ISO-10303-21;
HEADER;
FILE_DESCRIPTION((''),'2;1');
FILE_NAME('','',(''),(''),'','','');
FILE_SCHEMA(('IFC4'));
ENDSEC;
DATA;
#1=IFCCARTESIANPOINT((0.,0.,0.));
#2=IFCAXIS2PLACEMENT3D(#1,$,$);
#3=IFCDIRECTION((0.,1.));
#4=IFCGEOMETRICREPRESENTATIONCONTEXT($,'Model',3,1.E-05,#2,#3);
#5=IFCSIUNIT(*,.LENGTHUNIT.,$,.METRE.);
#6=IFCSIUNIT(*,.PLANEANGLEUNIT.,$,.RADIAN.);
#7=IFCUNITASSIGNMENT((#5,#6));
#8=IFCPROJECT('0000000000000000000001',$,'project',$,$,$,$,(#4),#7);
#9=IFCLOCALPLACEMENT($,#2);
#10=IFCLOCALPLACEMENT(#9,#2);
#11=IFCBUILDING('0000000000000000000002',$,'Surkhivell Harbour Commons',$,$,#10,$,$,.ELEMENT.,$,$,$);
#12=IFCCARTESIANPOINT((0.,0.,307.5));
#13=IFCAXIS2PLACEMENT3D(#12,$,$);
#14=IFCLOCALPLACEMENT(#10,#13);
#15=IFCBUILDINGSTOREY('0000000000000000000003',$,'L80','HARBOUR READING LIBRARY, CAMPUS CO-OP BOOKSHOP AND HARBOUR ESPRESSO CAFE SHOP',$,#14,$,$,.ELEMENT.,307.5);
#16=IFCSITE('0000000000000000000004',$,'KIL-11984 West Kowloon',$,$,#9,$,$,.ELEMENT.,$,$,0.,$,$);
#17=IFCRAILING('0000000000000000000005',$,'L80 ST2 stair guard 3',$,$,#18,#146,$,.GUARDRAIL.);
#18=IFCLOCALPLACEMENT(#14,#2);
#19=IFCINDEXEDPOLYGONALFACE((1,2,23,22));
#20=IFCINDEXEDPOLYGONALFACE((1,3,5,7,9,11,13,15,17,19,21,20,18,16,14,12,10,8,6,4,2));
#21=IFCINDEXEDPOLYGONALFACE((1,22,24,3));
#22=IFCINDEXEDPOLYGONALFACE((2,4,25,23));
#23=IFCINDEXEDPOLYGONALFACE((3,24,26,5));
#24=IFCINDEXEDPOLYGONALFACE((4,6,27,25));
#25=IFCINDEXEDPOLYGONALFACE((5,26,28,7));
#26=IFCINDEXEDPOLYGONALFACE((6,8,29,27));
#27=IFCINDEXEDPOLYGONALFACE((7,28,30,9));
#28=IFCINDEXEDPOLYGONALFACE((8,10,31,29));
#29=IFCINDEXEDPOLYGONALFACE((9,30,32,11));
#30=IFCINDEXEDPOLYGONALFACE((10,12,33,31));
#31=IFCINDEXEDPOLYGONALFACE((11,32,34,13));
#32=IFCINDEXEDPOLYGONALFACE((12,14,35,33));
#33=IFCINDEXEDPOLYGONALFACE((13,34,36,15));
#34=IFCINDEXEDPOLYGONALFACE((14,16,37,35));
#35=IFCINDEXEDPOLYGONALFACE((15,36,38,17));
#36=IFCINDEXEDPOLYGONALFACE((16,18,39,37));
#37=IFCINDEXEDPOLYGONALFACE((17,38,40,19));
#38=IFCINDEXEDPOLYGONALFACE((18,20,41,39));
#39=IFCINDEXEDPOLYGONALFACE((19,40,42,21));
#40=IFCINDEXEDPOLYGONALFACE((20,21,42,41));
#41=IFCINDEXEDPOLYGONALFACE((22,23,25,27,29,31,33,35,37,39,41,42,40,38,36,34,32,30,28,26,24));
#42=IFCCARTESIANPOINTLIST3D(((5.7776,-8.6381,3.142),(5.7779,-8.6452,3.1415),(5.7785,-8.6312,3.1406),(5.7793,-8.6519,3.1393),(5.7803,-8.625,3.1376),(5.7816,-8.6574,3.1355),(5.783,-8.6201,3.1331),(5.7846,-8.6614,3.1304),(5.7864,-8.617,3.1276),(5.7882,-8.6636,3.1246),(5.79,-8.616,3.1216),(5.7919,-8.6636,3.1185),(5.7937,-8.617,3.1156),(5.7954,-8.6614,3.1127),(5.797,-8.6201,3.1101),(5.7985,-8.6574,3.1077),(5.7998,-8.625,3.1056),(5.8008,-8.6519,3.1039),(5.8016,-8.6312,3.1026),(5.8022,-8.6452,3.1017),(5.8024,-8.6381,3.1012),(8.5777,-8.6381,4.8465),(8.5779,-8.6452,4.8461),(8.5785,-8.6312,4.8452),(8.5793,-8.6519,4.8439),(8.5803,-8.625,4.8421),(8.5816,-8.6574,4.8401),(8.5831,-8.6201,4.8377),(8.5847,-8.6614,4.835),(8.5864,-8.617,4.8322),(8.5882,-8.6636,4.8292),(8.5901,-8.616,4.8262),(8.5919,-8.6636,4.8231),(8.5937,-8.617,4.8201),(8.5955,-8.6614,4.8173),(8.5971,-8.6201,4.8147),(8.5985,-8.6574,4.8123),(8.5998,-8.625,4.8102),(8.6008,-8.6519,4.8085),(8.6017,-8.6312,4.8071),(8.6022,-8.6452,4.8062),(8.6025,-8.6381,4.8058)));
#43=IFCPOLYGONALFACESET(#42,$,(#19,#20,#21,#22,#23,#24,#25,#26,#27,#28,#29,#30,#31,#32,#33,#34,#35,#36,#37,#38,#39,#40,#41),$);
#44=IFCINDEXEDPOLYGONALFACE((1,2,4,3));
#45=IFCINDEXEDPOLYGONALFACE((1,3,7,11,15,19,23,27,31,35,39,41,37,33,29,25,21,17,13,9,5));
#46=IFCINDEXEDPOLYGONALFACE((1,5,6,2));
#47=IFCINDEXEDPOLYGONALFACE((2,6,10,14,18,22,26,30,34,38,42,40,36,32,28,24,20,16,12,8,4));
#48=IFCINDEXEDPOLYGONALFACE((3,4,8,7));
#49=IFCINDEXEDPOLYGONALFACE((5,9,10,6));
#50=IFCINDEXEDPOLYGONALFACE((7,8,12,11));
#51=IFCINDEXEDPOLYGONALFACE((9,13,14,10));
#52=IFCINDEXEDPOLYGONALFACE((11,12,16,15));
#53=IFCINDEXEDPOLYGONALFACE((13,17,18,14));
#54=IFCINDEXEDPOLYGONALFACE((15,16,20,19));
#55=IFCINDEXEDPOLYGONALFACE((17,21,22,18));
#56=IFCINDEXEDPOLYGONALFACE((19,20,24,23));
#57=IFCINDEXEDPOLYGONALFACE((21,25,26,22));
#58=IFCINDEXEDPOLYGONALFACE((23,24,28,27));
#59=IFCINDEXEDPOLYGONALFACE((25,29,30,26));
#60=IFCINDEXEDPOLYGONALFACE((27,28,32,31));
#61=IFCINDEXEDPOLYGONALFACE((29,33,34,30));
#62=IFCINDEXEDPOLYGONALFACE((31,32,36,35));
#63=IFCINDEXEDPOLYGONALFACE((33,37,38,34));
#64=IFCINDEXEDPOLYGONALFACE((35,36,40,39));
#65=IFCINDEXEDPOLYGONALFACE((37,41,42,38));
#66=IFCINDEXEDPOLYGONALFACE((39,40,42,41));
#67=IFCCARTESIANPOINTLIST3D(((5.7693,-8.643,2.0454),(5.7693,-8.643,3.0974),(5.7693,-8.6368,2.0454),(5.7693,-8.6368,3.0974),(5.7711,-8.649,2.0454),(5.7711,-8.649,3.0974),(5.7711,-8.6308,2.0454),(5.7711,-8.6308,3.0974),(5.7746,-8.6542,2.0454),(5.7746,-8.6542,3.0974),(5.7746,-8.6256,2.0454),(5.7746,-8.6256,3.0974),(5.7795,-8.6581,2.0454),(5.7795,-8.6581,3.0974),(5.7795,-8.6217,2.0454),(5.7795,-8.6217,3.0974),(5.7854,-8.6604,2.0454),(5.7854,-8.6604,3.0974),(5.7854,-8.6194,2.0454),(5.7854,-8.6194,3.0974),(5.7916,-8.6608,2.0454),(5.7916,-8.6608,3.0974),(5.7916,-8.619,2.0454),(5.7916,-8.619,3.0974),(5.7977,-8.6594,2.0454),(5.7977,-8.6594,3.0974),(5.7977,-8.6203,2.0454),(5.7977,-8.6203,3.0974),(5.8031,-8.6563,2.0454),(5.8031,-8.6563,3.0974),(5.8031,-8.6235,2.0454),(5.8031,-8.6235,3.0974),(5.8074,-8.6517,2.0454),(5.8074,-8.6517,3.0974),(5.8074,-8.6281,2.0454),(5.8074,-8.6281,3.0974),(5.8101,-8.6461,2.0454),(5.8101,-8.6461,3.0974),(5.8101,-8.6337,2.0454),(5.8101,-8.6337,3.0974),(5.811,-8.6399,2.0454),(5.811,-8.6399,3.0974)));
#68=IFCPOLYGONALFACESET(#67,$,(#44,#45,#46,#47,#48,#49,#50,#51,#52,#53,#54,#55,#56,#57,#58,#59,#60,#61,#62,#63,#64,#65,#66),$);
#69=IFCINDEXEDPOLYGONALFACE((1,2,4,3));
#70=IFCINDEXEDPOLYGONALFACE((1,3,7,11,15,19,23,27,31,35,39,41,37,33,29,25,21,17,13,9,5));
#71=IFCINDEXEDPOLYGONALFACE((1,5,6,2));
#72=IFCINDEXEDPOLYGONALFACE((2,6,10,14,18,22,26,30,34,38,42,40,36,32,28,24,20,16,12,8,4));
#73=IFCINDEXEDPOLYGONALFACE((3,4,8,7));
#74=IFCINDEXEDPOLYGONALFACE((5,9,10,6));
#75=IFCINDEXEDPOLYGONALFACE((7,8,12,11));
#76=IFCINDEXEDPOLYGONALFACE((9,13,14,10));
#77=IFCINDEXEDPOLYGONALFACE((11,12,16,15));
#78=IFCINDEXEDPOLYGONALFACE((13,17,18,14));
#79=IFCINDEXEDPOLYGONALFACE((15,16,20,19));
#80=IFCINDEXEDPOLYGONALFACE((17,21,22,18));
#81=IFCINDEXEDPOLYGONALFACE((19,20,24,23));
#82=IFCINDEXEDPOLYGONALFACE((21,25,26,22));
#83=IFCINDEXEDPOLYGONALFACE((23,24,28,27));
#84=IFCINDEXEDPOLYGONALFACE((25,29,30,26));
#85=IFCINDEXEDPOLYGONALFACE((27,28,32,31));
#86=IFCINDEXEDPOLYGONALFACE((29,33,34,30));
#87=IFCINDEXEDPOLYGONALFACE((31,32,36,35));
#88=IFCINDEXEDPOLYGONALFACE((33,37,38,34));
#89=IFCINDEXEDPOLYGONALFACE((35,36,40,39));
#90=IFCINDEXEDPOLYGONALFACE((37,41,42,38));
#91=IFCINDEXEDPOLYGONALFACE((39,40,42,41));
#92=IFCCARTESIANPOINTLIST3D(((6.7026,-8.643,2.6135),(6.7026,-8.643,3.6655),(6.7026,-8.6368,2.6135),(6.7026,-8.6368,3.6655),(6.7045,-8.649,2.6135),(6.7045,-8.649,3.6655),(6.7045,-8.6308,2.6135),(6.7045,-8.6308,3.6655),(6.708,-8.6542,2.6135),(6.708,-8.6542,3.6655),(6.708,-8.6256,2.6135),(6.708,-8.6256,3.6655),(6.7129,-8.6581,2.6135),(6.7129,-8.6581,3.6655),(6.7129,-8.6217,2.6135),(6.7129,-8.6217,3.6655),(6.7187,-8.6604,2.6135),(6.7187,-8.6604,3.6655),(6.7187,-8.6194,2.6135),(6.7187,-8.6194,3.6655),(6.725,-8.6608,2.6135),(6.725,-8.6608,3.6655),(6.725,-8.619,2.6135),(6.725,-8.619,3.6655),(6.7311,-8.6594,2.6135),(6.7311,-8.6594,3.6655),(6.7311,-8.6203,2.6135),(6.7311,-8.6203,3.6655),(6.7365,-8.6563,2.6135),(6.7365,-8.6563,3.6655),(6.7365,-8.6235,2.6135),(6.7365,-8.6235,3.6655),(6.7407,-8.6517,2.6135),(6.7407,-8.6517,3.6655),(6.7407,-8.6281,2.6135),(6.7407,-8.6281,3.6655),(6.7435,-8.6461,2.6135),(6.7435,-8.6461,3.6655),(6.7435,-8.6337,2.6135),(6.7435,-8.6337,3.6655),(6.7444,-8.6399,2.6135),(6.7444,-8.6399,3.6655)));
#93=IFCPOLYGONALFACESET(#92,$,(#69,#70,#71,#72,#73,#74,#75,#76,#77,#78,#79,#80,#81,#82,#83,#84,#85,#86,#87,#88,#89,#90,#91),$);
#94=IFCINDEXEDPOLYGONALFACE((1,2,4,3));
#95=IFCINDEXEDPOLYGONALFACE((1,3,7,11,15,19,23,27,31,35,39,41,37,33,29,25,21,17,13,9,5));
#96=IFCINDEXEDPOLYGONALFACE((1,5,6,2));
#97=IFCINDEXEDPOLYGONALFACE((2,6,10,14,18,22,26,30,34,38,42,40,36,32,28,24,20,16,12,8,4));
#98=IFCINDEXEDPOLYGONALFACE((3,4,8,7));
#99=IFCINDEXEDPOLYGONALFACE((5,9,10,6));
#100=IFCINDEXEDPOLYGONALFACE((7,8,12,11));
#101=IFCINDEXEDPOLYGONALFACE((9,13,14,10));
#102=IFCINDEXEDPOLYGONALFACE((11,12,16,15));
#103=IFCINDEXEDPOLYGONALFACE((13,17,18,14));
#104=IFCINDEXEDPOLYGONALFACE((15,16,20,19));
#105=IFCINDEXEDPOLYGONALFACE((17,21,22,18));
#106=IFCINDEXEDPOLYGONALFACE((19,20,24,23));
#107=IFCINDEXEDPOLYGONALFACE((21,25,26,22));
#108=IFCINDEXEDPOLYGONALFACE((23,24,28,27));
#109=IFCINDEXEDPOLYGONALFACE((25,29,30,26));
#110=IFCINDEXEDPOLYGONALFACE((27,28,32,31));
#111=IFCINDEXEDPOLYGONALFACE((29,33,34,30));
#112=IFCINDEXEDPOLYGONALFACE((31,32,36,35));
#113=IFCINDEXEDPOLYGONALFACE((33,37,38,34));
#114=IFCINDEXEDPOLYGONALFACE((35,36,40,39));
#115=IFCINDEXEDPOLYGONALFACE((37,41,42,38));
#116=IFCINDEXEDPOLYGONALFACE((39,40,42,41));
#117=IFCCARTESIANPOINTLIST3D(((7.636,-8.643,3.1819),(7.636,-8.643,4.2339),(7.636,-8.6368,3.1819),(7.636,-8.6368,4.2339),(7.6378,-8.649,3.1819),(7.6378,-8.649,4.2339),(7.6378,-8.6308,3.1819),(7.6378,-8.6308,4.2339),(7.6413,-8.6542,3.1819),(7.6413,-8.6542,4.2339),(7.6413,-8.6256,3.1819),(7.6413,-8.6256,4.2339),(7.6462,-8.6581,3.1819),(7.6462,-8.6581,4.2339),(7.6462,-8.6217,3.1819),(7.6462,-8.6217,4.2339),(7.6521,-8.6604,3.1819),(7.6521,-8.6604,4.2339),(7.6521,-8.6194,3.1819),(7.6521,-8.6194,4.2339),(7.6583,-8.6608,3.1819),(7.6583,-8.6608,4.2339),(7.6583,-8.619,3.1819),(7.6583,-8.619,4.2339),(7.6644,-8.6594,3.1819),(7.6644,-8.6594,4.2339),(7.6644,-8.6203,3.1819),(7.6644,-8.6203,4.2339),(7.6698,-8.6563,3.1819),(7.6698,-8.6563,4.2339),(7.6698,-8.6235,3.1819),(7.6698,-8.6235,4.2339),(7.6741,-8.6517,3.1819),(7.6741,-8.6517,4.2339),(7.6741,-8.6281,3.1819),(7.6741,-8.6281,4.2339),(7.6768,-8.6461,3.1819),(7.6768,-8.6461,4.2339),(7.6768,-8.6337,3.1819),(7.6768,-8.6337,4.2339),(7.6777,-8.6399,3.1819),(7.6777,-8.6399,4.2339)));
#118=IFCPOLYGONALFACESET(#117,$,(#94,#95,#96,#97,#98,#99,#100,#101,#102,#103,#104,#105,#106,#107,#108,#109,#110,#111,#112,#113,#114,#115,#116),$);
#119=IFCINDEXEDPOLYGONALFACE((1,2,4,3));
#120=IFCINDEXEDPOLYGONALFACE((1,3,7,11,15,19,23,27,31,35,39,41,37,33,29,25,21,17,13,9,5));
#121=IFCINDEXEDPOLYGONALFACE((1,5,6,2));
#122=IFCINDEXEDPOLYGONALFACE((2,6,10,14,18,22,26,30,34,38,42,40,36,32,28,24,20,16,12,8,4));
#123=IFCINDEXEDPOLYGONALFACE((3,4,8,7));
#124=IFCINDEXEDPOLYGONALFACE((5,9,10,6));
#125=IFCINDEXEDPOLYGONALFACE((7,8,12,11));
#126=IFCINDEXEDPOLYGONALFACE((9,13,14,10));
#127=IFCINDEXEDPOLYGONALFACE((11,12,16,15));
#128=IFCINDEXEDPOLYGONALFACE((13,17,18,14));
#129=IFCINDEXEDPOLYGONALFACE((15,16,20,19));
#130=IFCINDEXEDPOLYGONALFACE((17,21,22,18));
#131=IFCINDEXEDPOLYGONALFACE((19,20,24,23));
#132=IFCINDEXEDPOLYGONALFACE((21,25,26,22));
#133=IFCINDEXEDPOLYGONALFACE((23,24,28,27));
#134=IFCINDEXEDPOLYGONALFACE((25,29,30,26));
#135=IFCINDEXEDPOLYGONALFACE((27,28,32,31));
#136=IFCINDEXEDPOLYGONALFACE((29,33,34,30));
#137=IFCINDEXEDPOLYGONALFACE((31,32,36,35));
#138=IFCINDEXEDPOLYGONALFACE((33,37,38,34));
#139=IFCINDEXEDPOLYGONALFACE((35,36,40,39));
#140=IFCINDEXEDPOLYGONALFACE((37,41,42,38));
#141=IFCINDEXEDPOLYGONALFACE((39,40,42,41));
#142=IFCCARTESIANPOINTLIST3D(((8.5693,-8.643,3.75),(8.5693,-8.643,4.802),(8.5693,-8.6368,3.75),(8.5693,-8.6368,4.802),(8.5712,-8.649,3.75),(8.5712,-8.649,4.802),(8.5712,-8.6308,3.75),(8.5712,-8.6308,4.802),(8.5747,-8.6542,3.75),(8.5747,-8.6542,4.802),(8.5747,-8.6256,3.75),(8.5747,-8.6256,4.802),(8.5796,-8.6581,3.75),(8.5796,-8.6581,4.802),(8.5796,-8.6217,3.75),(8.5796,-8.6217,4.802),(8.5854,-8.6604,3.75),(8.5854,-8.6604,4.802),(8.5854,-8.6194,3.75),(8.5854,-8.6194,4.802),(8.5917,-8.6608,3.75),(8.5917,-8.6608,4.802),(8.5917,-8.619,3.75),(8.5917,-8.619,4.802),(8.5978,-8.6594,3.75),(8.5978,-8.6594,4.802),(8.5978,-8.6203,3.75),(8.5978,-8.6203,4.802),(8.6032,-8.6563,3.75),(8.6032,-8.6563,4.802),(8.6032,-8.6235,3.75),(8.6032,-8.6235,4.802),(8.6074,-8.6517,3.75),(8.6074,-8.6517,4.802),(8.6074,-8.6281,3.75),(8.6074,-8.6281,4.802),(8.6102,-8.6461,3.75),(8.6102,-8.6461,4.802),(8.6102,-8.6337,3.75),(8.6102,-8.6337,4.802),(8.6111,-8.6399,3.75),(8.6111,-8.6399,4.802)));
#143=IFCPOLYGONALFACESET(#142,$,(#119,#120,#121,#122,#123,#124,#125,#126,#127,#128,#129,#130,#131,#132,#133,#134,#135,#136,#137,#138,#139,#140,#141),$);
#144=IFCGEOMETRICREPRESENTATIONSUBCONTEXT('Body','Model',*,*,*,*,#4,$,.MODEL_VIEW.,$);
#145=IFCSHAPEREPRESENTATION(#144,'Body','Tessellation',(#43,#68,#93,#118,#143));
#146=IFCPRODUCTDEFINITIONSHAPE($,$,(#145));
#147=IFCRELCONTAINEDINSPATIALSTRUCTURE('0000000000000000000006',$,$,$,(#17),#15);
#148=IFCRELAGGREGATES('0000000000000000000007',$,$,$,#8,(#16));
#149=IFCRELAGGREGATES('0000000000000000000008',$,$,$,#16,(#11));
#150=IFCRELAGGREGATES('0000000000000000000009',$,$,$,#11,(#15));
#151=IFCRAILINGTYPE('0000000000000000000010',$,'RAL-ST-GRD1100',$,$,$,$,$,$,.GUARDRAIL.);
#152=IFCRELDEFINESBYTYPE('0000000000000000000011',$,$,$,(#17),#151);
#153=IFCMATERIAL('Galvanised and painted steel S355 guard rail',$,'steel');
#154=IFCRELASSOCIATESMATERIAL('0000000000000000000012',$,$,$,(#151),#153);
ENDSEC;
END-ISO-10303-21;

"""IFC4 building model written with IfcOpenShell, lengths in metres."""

from ifc_helpers import new_model, si_unit, direction, frame, origin, origin_2d, place, context, subcontext, project, spatial, circle, extrude, material, type_object, element, save


model = new_model("IFC4")

# Units and contexts
model_context = context("Model", 3, precision=1e-05, world=origin(), true_north=direction((0.0, 1.0)))
body_context = subcontext(model_context, "Body", "Model", "MODEL_VIEW")
ifc_project = project(units=[si_unit("LENGTHUNIT", "METRE"), si_unit("PLANEANGLEUNIT", "RADIAN")], contexts=[model_context])

# Site, building, storey
site_placement = place(None, origin())
site = spatial("IfcSite", under=ifc_project, at=site_placement, Name="KIL-11984 West Kowloon", CompositionType="ELEMENT", RefElevation=0.0)
building_placement = place(site_placement, origin())
building = spatial("IfcBuilding", under=site, at=building_placement, Name="Surkhivell Harbour Commons", CompositionType="ELEMENT")
storey_placement = place(building_placement, frame((0.0, 0.0, 307.5)))
storey = spatial("IfcBuildingStorey", under=building, at=storey_placement, Name="L80", Description="HARBOUR READING LIBRARY, CAMPUS CO-OP BOOKSHOP AND HARBOUR ESPRESSO CAFE SHOP", CompositionType="ELEMENT", Elevation=307.5)

# Railing
ifc_material_1 = material(Name="Galvanised and painted steel S355 guard rail", Category="steel")
railing_type_1 = type_object("IfcRailingType", Name="RAL-ST-GRD1100", PredefinedType="GUARDRAIL", material=ifc_material_1)
railing_1_placement = place(storey_placement, frame((5.79, -8.6399, 2.0454)))
element("IfcRailing", 1, at=railing_1_placement, inside=storey, type_object=railing_type_1, Name="L80 ST2 stair guard 3", PredefinedType="GUARDRAIL", context=body_context, shape_type="SweptSolid", body=[
    extrude(circle(Radius=0.0239, at=origin_2d()), frame((0.0, 0.0, 1.0762), z_axis=(0.85417, 0.0, 0.519994), x_axis=(0.0, 1.0, 0.0)), (0.0, 0.0, 1.0), 3.2781),
    extrude(circle(Radius=0.021, at=origin_2d()), origin(), (0.0, 0.0, 1.0), 1.052),
    extrude(circle(Radius=0.021, at=origin_2d()), frame((0.9333, 0.0, 0.5681)), (0.0, 0.0, 1.0), 1.052),
    extrude(circle(Radius=0.021, at=origin_2d()), frame((1.8667, 0.0, 1.1365)), (0.0, 0.0, 1.0), 1.052),
    extrude(circle(Radius=0.021, at=origin_2d()), frame((2.8, 0.0, 1.7046)), (0.0, 0.0, 1.0), 1.052),
])

save(model, "model.ifc")
